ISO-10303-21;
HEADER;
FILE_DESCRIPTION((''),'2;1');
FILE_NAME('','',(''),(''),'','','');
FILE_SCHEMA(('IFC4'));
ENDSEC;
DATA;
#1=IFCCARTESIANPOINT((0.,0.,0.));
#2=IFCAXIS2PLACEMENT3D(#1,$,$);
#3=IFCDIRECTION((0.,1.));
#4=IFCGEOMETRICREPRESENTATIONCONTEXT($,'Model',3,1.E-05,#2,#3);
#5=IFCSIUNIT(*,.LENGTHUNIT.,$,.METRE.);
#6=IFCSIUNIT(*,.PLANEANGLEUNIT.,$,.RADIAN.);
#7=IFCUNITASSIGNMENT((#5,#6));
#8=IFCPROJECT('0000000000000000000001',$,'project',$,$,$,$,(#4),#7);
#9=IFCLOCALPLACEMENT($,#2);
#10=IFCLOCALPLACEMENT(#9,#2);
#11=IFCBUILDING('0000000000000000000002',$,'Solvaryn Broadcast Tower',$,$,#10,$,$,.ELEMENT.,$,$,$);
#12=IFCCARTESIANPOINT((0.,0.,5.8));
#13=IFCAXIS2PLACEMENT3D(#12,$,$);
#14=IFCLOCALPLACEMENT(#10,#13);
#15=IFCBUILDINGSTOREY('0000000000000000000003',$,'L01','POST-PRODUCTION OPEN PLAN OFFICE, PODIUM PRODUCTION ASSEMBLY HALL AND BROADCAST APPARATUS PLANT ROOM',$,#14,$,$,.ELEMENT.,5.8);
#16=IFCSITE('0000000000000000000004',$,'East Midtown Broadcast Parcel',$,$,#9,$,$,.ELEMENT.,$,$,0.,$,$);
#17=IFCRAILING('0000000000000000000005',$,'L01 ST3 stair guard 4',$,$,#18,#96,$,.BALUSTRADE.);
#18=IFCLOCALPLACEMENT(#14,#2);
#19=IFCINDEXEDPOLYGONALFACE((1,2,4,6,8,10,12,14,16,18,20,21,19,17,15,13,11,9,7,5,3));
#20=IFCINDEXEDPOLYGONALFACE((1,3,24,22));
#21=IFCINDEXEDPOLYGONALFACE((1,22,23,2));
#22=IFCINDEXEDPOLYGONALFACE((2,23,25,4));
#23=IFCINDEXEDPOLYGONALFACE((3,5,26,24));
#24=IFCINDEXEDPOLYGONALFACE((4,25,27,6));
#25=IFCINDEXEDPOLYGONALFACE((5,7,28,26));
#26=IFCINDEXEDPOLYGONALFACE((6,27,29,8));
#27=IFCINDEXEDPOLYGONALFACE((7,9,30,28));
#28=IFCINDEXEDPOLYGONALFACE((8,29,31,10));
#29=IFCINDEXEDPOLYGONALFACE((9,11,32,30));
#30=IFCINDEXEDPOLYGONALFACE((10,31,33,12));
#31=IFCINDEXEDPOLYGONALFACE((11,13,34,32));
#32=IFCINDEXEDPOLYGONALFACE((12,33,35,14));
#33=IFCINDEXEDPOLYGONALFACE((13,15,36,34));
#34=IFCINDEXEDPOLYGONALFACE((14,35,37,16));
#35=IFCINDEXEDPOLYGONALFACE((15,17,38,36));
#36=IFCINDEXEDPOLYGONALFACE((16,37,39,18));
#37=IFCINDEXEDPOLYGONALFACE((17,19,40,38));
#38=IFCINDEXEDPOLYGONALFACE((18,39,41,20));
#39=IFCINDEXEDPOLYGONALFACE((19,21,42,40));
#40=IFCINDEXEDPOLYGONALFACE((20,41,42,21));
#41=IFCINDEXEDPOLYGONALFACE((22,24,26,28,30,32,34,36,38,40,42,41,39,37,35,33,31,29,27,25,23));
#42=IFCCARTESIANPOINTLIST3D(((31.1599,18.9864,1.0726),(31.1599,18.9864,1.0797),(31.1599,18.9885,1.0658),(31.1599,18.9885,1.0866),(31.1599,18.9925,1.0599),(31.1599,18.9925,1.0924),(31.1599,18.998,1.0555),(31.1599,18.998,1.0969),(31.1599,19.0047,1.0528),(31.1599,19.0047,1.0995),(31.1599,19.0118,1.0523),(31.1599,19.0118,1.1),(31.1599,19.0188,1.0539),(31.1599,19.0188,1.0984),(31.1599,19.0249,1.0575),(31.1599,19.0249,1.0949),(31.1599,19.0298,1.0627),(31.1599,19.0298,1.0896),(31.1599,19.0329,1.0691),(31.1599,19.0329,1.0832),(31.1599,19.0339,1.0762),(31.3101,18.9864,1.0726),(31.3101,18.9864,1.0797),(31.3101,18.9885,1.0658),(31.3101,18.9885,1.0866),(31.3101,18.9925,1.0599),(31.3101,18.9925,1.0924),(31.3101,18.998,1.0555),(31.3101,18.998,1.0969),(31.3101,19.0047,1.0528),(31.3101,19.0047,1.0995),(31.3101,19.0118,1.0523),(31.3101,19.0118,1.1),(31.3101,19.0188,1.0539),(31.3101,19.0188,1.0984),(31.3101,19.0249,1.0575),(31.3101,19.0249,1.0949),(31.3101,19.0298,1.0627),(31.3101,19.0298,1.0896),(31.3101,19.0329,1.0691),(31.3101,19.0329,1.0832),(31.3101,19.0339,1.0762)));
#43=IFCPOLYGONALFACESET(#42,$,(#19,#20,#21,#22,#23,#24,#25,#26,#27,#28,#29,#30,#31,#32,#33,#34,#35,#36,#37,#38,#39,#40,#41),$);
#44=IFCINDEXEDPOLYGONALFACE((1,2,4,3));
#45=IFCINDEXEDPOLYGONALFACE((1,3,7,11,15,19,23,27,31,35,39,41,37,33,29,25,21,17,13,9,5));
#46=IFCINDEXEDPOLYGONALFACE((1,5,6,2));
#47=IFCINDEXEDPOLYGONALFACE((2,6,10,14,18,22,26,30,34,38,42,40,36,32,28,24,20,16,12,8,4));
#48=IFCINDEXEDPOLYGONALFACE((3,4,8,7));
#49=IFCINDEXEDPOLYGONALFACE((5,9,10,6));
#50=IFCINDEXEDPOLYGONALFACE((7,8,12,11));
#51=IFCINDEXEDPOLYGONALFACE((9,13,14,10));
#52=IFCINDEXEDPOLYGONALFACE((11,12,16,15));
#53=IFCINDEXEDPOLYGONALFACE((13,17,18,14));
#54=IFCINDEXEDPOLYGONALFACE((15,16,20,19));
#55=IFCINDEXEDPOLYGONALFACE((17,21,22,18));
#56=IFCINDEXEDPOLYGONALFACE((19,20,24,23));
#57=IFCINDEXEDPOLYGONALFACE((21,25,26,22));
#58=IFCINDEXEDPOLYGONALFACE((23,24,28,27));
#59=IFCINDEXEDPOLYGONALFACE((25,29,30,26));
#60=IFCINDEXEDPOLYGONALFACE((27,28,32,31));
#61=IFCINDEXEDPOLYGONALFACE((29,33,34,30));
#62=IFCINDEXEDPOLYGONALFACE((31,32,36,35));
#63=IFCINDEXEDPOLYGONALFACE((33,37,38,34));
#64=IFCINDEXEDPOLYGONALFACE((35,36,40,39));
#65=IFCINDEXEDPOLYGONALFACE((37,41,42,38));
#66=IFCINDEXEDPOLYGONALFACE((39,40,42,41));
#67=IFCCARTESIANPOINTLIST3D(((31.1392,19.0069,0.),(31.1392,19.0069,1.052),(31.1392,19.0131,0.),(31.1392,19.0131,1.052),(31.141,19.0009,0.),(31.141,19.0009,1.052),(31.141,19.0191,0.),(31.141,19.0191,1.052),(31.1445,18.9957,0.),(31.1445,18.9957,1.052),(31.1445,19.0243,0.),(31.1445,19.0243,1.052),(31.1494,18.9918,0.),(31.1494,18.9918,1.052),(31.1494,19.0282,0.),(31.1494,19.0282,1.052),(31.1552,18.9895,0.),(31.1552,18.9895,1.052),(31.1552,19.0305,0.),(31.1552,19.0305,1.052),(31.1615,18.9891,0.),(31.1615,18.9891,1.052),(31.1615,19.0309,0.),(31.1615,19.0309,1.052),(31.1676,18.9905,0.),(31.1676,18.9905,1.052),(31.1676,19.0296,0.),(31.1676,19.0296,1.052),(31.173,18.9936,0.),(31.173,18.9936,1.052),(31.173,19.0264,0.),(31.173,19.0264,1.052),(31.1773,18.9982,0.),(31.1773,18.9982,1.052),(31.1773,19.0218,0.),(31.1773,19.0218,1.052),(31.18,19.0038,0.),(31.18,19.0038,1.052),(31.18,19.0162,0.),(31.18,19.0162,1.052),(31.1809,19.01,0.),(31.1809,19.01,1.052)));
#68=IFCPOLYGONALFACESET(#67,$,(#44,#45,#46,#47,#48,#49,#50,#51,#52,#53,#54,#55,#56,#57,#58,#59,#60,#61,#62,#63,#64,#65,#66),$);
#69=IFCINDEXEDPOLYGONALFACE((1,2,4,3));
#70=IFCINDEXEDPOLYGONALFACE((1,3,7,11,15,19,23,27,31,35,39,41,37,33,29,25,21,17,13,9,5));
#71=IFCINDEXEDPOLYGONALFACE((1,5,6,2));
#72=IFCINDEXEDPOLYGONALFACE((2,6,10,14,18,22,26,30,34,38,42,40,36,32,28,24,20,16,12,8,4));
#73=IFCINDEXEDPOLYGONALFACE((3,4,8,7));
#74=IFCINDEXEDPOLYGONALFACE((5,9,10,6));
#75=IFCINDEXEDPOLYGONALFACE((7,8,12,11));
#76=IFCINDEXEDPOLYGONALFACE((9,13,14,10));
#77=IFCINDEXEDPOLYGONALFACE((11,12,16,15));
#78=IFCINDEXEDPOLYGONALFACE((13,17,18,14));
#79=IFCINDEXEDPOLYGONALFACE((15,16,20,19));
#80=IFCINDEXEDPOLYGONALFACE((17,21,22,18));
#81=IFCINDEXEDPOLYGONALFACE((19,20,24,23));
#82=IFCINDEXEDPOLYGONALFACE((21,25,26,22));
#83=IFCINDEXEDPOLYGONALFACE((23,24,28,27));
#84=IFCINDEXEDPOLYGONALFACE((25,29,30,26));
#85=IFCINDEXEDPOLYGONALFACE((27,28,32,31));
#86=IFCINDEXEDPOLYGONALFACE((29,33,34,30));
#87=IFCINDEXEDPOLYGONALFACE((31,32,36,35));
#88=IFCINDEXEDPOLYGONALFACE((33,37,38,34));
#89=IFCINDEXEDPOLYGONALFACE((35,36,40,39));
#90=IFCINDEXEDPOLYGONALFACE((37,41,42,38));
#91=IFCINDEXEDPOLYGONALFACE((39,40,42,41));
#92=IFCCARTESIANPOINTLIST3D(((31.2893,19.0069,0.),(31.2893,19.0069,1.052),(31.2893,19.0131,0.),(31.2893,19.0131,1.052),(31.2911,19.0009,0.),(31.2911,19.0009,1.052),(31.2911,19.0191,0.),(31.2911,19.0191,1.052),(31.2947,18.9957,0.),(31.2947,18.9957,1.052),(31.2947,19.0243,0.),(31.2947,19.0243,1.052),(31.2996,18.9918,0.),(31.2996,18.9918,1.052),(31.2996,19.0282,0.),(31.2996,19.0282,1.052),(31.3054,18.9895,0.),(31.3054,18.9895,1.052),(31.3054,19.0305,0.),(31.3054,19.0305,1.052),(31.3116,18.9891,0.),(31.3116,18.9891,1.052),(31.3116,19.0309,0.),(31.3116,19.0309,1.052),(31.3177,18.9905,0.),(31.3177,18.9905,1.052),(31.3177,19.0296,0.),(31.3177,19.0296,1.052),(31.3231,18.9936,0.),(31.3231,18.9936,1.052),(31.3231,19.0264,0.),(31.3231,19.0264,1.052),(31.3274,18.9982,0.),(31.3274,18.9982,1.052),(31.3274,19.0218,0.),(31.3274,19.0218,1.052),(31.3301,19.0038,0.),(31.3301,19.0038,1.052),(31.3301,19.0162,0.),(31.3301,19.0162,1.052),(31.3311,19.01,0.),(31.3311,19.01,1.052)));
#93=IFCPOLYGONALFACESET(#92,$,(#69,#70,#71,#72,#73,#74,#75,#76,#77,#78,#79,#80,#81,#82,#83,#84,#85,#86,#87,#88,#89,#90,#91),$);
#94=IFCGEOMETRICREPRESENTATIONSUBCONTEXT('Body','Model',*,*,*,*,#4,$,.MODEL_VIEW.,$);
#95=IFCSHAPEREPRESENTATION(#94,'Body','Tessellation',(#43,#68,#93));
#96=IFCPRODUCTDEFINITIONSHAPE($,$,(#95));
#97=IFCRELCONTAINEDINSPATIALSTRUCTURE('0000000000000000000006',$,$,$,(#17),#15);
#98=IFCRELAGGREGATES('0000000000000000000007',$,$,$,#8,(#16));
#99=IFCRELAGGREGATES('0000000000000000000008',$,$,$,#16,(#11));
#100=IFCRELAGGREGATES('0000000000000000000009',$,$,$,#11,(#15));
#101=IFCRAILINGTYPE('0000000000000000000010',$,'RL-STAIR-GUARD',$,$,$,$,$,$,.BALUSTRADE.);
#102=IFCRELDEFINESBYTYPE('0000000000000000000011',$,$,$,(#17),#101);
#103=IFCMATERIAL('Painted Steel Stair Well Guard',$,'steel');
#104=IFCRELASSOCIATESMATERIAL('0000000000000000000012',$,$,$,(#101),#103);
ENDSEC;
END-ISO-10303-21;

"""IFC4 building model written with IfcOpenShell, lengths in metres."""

from ifc_helpers import new_model, si_unit, direction, frame, origin, origin_2d, place, context, subcontext, project, spatial, circle, extrude, material, type_object, element, save


model = new_model("IFC4")

# Units and contexts
model_context = context("Model", 3, precision=1e-05, world=origin(), true_north=direction((0.0, 1.0)))
body_context = subcontext(model_context, "Body", "Model", "MODEL_VIEW")
ifc_project = project(units=[si_unit("LENGTHUNIT", "METRE"), si_unit("PLANEANGLEUNIT", "RADIAN")], contexts=[model_context])

# Site, building, storey
site_placement = place(None, origin())
site = spatial("IfcSite", under=ifc_project, at=site_placement, Name="East Midtown Broadcast Parcel", CompositionType="ELEMENT", RefElevation=0.0)
building_placement = place(site_placement, origin())
building = spatial("IfcBuilding", under=site, at=building_placement, Name="Solvaryn Broadcast Tower", CompositionType="ELEMENT")
storey_placement = place(building_placement, frame((0.0, 0.0, 5.8)))
storey = spatial("IfcBuildingStorey", under=building, at=storey_placement, Name="L01", Description="POST-PRODUCTION OPEN PLAN OFFICE, PODIUM PRODUCTION ASSEMBLY HALL AND BROADCAST APPARATUS PLANT ROOM", CompositionType="ELEMENT", Elevation=5.8)

# Railing
ifc_material_1 = material(Name="Painted Steel Stair Well Guard", Category="steel")
railing_type_1 = type_object("IfcRailingType", Name="RL-STAIR-GUARD", PredefinedType="BALUSTRADE", material=ifc_material_1)
railing_1_placement = place(storey_placement, frame((31.1599, 19.01, 0.0)))
element("IfcRailing", 1, at=railing_1_placement, inside=storey, type_object=railing_type_1, Name="L01 ST3 stair guard 4", PredefinedType="BALUSTRADE", context=body_context, shape_type="SweptSolid", body=[
    extrude(circle(Radius=0.0239, at=origin_2d()), frame((0.0, 0.0, 1.0762), z_axis=(1.0, 0.0, 0.0), x_axis=(0.0, 1.0, 0.0)), (0.0, 0.0, 1.0), 0.1501),
    extrude(circle(Radius=0.021, at=origin_2d()), origin(), (0.0, 0.0, 1.0), 1.052),
    extrude(circle(Radius=0.021, at=origin_2d()), frame((0.1501, 0.0, 0.0)), (0.0, 0.0, 1.0), 1.052),
])

save(model, "model.ifc")
